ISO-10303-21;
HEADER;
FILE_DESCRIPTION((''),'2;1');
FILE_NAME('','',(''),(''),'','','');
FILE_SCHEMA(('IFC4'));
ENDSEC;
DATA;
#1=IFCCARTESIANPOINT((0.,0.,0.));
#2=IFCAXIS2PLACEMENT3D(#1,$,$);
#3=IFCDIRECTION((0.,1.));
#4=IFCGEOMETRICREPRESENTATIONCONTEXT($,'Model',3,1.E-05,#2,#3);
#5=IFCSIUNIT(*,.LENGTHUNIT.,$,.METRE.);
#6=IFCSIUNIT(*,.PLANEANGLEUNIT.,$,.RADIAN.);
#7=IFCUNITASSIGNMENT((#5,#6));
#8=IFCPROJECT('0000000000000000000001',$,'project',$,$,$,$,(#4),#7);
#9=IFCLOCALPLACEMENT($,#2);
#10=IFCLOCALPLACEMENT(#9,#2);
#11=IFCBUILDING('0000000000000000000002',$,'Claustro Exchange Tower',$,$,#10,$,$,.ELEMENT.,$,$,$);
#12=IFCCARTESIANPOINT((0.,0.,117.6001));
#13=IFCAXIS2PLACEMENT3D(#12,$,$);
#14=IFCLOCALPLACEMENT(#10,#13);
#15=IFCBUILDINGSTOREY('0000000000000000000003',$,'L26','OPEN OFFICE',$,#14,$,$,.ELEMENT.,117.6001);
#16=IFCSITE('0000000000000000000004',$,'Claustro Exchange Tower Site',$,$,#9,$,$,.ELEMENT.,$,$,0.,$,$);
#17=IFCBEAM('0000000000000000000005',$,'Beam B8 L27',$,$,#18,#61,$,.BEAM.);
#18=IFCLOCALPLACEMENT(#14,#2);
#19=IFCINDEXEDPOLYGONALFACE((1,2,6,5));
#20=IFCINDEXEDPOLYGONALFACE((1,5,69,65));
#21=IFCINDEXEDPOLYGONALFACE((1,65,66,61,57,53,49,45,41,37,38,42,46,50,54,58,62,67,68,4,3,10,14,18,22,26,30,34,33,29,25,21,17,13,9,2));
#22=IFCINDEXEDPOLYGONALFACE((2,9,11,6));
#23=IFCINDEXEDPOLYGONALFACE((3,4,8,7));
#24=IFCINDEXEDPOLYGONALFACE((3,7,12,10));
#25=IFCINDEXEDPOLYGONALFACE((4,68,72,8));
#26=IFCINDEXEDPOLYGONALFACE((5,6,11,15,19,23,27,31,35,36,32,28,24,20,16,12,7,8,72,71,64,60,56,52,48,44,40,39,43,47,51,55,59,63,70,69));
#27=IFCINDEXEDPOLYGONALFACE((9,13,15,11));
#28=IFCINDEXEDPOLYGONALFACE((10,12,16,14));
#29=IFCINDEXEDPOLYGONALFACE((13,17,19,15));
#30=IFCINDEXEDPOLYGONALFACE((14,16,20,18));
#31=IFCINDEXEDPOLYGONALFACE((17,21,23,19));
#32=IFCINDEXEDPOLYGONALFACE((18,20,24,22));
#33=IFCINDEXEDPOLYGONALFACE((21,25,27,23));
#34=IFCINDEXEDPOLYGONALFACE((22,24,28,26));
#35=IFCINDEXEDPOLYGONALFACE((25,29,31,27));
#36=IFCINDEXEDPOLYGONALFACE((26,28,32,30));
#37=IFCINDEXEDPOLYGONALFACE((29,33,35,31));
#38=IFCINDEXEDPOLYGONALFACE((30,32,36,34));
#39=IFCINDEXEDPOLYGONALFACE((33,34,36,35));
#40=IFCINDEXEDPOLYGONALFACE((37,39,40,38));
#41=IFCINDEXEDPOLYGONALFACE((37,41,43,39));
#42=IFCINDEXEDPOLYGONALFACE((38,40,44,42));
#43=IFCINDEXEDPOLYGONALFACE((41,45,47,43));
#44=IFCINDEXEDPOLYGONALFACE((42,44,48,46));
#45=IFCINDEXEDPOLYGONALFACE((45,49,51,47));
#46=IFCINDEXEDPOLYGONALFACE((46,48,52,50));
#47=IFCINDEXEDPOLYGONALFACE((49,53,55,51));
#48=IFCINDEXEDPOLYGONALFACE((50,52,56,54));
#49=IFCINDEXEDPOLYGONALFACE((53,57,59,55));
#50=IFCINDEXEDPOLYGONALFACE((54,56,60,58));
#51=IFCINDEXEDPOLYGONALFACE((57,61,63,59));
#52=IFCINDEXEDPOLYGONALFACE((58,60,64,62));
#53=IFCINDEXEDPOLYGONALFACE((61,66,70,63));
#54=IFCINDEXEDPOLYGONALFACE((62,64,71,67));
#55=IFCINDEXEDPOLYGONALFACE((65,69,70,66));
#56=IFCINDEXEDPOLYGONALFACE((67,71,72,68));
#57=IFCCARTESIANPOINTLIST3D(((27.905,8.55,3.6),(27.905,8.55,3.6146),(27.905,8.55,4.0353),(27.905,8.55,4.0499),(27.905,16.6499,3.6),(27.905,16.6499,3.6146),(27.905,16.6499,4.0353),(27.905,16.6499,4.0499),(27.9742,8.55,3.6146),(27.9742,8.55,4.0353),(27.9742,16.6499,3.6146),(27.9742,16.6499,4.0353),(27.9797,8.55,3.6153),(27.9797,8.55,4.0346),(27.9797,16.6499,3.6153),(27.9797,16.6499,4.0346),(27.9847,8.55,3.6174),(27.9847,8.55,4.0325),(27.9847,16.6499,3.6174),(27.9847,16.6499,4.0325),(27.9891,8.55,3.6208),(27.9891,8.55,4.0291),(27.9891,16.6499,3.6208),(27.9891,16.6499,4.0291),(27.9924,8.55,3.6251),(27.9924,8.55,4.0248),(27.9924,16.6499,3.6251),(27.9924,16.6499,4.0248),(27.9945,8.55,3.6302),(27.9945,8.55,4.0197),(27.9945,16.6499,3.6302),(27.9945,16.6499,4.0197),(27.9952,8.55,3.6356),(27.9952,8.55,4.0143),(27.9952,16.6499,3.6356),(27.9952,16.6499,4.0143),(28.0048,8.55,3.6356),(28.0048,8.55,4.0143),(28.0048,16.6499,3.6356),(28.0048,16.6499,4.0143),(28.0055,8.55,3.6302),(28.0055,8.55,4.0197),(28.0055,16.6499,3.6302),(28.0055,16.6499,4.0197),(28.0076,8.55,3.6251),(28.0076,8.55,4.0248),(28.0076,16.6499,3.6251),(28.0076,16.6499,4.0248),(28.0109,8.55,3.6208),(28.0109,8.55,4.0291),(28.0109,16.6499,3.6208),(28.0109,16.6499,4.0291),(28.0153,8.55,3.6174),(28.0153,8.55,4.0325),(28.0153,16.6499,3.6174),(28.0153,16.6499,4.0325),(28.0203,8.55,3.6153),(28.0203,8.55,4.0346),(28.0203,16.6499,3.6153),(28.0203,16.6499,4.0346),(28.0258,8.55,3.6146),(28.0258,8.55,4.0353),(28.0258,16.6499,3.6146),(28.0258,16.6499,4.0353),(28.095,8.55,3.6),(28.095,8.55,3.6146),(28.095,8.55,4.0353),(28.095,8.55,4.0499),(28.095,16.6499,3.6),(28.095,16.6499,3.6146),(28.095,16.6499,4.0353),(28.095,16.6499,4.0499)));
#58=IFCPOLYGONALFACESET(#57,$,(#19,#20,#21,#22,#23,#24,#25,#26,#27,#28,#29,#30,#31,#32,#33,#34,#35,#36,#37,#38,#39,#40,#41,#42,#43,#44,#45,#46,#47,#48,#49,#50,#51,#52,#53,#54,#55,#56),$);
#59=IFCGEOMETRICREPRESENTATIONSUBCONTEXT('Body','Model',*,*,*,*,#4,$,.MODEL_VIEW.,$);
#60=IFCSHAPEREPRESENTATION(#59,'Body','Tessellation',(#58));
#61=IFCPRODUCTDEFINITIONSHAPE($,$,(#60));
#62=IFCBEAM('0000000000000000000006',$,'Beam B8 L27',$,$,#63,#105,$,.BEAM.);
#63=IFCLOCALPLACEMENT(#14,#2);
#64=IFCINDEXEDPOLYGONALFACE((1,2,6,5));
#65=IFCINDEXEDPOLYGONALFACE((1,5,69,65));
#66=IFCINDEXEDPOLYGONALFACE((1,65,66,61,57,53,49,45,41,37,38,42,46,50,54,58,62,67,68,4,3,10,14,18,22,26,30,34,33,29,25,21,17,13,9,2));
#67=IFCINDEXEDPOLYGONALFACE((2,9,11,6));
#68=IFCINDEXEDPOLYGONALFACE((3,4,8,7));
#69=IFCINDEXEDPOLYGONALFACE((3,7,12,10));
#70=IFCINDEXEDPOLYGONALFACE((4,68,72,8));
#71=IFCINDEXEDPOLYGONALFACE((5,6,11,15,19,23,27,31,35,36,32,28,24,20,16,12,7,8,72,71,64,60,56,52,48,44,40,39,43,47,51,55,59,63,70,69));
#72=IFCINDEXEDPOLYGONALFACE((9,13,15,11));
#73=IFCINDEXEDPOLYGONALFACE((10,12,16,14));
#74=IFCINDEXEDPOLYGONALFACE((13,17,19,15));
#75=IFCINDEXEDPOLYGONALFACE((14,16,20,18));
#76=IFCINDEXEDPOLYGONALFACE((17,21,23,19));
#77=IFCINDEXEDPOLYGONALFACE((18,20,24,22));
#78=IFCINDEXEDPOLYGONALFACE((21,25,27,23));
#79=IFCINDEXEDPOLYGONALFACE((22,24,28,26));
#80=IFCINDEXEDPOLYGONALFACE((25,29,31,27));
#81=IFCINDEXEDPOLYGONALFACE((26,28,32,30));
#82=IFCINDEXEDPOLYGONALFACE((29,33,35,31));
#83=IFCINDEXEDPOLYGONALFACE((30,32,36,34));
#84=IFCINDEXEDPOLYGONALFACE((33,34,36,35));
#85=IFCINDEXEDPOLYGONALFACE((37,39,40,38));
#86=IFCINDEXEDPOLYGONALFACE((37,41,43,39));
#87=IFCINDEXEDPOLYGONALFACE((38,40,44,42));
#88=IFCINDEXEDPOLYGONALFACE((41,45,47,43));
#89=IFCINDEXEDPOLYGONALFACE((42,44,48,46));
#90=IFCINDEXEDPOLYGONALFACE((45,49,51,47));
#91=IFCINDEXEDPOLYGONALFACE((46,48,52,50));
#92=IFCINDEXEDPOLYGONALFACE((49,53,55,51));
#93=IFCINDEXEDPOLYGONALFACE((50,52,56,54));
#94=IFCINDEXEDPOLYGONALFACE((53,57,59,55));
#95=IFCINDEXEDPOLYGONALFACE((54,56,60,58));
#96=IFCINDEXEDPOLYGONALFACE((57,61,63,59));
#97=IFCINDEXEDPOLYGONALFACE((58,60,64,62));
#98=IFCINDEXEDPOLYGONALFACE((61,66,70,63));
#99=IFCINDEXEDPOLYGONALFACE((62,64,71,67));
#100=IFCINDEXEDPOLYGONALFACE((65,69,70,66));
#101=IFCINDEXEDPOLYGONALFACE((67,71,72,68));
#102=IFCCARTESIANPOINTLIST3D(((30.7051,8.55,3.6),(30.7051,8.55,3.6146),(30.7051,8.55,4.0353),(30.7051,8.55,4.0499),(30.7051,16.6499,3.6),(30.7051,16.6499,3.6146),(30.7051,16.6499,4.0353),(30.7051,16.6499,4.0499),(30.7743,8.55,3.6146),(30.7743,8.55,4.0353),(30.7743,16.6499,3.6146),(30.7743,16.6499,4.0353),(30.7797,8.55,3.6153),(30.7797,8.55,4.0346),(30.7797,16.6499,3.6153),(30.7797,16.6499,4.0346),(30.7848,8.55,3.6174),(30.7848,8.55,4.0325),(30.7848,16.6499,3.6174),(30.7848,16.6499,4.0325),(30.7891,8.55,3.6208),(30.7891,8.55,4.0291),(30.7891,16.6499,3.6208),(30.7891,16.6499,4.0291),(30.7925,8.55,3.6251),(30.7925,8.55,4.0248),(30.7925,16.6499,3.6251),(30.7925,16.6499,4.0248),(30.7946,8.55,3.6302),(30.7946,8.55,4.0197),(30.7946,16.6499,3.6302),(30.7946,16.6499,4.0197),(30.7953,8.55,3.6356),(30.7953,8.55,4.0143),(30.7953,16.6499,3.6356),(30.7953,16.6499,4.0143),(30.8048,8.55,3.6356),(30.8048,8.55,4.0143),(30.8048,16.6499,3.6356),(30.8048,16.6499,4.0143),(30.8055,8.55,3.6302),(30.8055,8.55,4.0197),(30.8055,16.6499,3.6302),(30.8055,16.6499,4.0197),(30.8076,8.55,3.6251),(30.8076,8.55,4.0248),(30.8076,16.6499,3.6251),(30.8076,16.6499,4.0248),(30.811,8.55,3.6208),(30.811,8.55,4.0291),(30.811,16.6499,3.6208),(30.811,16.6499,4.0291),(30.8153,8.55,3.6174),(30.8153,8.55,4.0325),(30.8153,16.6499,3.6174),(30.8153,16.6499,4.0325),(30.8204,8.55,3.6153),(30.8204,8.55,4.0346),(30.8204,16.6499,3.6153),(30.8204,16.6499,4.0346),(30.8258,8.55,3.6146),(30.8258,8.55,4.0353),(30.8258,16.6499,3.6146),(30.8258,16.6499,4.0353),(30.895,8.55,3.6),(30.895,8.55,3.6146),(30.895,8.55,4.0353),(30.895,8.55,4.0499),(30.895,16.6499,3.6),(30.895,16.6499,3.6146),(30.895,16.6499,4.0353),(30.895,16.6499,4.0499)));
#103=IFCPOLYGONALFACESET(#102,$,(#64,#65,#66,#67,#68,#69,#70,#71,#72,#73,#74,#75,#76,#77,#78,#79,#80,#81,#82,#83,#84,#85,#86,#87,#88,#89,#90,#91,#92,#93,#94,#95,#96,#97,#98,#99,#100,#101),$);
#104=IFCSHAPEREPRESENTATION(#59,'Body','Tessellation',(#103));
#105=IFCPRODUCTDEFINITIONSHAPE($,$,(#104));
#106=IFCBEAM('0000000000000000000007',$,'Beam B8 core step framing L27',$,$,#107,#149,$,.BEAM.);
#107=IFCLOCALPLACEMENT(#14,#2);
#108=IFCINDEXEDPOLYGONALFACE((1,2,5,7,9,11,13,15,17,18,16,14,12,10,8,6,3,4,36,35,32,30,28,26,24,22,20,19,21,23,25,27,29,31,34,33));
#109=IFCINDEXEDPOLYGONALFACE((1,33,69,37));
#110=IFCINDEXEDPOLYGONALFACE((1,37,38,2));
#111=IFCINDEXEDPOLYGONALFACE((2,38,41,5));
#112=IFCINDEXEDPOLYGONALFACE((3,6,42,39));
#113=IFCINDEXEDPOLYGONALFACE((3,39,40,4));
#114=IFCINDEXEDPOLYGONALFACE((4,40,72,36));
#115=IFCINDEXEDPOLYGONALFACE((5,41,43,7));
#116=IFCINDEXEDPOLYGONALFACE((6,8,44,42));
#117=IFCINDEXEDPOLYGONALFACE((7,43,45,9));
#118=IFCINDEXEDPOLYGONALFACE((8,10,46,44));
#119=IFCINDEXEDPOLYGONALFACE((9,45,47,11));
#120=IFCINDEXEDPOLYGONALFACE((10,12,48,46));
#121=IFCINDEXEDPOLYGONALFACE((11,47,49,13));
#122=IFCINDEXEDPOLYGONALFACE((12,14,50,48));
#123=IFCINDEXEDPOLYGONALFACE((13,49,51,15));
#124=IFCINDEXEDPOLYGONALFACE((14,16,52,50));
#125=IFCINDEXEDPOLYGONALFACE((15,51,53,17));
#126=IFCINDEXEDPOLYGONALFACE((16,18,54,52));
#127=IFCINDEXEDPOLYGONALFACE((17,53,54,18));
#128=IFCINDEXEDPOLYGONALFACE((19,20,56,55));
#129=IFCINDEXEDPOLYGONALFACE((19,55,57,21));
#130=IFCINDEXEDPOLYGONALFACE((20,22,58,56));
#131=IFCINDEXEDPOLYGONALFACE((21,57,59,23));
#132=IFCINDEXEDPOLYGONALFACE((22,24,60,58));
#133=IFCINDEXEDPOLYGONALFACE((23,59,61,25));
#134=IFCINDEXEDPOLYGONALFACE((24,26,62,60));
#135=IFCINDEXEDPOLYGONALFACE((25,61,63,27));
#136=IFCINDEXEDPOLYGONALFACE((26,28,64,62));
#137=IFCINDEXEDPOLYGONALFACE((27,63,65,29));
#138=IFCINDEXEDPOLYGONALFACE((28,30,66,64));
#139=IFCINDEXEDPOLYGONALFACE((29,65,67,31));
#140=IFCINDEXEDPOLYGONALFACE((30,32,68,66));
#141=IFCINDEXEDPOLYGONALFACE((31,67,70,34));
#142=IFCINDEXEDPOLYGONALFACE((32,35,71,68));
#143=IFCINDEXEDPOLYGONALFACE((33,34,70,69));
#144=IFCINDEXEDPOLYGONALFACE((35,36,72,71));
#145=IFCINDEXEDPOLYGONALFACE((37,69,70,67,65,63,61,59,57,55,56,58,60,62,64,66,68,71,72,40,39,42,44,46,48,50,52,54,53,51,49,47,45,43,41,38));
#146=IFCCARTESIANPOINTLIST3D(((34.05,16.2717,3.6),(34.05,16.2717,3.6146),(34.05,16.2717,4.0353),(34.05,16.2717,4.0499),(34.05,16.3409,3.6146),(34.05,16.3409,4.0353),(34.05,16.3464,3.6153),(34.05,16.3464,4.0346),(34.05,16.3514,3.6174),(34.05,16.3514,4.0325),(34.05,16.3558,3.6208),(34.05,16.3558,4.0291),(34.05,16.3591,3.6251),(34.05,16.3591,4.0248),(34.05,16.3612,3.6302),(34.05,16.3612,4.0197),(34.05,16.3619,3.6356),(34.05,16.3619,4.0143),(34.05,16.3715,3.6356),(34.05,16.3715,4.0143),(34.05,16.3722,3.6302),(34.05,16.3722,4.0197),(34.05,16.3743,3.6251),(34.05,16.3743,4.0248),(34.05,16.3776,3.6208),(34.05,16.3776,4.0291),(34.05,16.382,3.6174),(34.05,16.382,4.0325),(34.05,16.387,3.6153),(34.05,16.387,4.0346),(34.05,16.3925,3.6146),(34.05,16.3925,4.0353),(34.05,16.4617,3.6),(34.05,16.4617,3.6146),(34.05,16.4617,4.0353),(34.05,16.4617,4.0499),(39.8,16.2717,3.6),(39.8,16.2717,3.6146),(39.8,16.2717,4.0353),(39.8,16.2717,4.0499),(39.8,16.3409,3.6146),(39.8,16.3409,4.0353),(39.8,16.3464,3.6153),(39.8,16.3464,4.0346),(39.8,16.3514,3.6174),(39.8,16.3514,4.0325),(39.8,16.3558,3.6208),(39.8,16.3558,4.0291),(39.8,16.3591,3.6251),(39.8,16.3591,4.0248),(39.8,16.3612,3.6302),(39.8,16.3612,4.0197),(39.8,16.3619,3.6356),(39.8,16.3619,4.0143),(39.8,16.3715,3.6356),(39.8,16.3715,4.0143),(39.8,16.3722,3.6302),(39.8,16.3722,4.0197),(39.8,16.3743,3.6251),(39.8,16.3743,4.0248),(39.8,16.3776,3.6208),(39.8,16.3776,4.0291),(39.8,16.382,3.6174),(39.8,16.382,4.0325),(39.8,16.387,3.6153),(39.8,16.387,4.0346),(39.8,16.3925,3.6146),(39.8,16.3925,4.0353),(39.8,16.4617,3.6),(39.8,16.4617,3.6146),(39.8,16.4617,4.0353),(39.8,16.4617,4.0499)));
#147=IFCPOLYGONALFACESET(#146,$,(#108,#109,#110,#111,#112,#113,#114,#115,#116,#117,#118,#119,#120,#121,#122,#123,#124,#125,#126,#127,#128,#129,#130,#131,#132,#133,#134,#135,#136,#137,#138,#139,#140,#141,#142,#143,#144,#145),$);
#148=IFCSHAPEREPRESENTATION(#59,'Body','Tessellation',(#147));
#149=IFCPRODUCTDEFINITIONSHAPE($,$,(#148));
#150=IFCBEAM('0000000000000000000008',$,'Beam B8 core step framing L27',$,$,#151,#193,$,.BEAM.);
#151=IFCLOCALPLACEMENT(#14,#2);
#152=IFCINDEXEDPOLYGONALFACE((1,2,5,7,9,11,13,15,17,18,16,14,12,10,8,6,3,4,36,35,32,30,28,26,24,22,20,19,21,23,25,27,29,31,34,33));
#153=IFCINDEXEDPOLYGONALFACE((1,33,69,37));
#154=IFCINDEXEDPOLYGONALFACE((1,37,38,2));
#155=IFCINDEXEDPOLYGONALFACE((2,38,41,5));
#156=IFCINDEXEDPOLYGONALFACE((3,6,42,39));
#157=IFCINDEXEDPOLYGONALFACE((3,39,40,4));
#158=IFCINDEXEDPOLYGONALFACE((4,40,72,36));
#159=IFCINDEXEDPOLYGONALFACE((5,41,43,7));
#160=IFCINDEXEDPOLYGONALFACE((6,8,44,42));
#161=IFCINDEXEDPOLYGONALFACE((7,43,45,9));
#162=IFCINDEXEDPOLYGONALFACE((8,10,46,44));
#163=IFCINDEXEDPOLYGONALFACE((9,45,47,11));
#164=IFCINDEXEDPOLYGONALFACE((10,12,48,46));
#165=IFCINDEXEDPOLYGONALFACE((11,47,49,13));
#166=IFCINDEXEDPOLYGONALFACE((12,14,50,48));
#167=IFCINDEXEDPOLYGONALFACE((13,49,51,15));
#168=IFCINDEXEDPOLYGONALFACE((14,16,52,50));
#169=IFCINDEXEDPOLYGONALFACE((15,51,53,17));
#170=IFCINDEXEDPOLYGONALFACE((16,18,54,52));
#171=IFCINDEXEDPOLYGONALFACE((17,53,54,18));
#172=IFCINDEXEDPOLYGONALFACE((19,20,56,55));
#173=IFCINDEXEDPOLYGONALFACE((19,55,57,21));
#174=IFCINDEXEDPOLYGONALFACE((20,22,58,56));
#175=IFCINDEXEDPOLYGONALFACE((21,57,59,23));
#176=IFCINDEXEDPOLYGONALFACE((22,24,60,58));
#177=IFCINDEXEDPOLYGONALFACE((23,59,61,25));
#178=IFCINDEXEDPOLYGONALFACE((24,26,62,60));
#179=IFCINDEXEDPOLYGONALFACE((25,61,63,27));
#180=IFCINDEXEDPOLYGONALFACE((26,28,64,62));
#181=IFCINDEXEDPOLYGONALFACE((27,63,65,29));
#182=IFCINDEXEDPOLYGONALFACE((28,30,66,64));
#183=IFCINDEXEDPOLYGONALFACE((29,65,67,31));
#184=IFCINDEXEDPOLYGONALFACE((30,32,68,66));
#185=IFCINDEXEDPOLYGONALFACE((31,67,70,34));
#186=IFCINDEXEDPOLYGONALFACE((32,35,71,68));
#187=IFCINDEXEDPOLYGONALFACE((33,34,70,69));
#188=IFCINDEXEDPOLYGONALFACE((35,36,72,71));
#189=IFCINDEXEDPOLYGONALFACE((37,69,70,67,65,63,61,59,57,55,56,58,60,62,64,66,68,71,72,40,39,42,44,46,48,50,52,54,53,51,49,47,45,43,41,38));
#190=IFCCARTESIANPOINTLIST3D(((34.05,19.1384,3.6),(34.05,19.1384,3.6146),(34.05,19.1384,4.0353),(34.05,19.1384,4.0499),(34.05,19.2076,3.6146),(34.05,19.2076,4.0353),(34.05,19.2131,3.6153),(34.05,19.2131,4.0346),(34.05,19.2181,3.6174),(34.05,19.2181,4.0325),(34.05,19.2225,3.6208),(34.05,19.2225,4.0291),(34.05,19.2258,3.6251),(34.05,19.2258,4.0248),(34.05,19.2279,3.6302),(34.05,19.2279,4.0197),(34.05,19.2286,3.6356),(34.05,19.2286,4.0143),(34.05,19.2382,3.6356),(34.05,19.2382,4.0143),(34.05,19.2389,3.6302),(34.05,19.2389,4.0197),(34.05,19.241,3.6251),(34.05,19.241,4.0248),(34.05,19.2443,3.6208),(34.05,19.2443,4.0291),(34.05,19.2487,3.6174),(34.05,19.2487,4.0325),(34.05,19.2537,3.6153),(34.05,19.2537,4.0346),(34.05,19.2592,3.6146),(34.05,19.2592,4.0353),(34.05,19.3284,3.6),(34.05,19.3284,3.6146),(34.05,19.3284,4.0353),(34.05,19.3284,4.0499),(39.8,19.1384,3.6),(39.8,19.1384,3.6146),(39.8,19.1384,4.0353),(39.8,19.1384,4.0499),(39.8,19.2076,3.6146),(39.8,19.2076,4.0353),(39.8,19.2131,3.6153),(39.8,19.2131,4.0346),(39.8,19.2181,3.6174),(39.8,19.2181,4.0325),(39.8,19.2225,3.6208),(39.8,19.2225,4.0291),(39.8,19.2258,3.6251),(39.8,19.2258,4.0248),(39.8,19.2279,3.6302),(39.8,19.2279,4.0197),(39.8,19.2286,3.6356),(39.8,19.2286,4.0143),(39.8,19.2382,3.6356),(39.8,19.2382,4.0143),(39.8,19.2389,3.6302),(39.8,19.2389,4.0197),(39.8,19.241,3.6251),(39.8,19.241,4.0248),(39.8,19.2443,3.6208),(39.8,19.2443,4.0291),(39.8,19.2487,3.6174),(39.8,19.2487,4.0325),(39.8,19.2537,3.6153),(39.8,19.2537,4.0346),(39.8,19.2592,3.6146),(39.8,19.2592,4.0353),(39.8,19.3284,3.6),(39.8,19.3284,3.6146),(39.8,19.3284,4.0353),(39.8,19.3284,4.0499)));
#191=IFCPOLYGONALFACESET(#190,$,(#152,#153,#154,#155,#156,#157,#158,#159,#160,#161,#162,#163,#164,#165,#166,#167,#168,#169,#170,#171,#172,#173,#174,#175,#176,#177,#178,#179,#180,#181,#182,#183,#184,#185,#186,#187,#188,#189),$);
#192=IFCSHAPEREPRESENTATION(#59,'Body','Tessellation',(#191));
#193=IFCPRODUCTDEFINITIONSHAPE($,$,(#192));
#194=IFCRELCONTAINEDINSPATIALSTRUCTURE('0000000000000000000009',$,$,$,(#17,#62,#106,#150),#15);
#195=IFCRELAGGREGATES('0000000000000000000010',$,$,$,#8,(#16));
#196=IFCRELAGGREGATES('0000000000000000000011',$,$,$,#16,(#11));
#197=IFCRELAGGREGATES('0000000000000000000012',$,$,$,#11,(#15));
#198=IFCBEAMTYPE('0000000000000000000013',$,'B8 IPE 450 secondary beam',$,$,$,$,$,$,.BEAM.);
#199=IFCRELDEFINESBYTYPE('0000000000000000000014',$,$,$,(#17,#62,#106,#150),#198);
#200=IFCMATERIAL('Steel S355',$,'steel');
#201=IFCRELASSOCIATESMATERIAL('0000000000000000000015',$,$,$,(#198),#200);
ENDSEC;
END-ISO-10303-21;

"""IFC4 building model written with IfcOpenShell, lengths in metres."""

from ifc_helpers import new_model, si_unit, direction, frame, origin, origin_2d, place, context, subcontext, project, spatial, i_section, extrude, material, material_profile, profile_set, type_object, element, save


model = new_model("IFC4")

# Units and contexts
model_context = context("Model", 3, precision=1e-05, world=origin(), true_north=direction((0.0, 1.0)))
body_context = subcontext(model_context, "Body", "Model", "MODEL_VIEW")
ifc_project = project(units=[si_unit("LENGTHUNIT", "METRE"), si_unit("PLANEANGLEUNIT", "RADIAN")], contexts=[model_context])

# Site, building, storey
site_placement = place(None, origin())
site = spatial("IfcSite", under=ifc_project, at=site_placement, Name="Claustro Exchange Tower Site", CompositionType="ELEMENT", RefElevation=0.0)
building_placement = place(site_placement, origin())
building = spatial("IfcBuilding", under=site, at=building_placement, Name="Claustro Exchange Tower", CompositionType="ELEMENT")
storey_placement = place(building_placement, frame((0.0, 0.0, 117.6001)))
storey = spatial("IfcBuildingStorey", under=building, at=storey_placement, Name="L26", Description="OPEN OFFICE", CompositionType="ELEMENT", Elevation=117.6001)

# Beams
ifc_material_1 = material(Name="Steel S355", Category="steel")
ifc_material_profile_1 = material_profile(ifc_material_1, i_section(OverallWidth=0.1899, OverallDepth=0.45, WebThickness=0.0095, FlangeThickness=0.0146, FilletRadius=0.021, at=origin_2d()), Name="IPE 450")
ifc_profile_set_1 = profile_set([ifc_material_profile_1], Name="Steel S355")
beam_type_1 = type_object("IfcBeamType", Name="B8 IPE 450 secondary beam", PredefinedType="BEAM", material=ifc_profile_set_1)
for number, where, z_axis, x_axis, name in (
    (1, (28.0, 8.55, 3.825), (0.0, 1.0, 0.0), (-1.0, 0.0, 0.0), "Beam B8 L27"),
    (2, (30.8, 8.55, 3.825), (0.0, 1.0, 0.0), (-1.0, 0.0, 0.0), "Beam B8 L27"),
):
    element("IfcBeam", number, at=place(storey_placement, frame(where, z_axis=z_axis, x_axis=x_axis)), inside=storey, type_object=beam_type_1, Name=name, PredefinedType="BEAM", context=body_context, shape_type="SweptSolid", body=[
        extrude(i_section(OverallWidth=0.1899, OverallDepth=0.45, WebThickness=0.0095, FlangeThickness=0.0146, FilletRadius=0.021, at=origin_2d()), origin(), (0.0, 0.0, 1.0), 8.0999),
    ])
for number, where, z_axis, x_axis, name in (
    (3, (34.05, 16.3667, 3.825), (1.0, 0.0, 0.0), (0.0, 1.0, 0.0), "Beam B8 core step framing L27"),
    (4, (34.05, 19.2334, 3.825), (1.0, 0.0, 0.0), (0.0, 1.0, 0.0), "Beam B8 core step framing L27"),
):
    element("IfcBeam", number, at=place(storey_placement, frame(where, z_axis=z_axis, x_axis=x_axis)), inside=storey, type_object=beam_type_1, Name=name, PredefinedType="BEAM", context=body_context, shape_type="SweptSolid", body=[
        extrude(i_section(OverallWidth=0.1899, OverallDepth=0.45, WebThickness=0.0095, FlangeThickness=0.0146, FilletRadius=0.021, at=origin_2d()), origin(), (0.0, 0.0, 1.0), 5.75),
    ])

save(model, "model.ifc")
